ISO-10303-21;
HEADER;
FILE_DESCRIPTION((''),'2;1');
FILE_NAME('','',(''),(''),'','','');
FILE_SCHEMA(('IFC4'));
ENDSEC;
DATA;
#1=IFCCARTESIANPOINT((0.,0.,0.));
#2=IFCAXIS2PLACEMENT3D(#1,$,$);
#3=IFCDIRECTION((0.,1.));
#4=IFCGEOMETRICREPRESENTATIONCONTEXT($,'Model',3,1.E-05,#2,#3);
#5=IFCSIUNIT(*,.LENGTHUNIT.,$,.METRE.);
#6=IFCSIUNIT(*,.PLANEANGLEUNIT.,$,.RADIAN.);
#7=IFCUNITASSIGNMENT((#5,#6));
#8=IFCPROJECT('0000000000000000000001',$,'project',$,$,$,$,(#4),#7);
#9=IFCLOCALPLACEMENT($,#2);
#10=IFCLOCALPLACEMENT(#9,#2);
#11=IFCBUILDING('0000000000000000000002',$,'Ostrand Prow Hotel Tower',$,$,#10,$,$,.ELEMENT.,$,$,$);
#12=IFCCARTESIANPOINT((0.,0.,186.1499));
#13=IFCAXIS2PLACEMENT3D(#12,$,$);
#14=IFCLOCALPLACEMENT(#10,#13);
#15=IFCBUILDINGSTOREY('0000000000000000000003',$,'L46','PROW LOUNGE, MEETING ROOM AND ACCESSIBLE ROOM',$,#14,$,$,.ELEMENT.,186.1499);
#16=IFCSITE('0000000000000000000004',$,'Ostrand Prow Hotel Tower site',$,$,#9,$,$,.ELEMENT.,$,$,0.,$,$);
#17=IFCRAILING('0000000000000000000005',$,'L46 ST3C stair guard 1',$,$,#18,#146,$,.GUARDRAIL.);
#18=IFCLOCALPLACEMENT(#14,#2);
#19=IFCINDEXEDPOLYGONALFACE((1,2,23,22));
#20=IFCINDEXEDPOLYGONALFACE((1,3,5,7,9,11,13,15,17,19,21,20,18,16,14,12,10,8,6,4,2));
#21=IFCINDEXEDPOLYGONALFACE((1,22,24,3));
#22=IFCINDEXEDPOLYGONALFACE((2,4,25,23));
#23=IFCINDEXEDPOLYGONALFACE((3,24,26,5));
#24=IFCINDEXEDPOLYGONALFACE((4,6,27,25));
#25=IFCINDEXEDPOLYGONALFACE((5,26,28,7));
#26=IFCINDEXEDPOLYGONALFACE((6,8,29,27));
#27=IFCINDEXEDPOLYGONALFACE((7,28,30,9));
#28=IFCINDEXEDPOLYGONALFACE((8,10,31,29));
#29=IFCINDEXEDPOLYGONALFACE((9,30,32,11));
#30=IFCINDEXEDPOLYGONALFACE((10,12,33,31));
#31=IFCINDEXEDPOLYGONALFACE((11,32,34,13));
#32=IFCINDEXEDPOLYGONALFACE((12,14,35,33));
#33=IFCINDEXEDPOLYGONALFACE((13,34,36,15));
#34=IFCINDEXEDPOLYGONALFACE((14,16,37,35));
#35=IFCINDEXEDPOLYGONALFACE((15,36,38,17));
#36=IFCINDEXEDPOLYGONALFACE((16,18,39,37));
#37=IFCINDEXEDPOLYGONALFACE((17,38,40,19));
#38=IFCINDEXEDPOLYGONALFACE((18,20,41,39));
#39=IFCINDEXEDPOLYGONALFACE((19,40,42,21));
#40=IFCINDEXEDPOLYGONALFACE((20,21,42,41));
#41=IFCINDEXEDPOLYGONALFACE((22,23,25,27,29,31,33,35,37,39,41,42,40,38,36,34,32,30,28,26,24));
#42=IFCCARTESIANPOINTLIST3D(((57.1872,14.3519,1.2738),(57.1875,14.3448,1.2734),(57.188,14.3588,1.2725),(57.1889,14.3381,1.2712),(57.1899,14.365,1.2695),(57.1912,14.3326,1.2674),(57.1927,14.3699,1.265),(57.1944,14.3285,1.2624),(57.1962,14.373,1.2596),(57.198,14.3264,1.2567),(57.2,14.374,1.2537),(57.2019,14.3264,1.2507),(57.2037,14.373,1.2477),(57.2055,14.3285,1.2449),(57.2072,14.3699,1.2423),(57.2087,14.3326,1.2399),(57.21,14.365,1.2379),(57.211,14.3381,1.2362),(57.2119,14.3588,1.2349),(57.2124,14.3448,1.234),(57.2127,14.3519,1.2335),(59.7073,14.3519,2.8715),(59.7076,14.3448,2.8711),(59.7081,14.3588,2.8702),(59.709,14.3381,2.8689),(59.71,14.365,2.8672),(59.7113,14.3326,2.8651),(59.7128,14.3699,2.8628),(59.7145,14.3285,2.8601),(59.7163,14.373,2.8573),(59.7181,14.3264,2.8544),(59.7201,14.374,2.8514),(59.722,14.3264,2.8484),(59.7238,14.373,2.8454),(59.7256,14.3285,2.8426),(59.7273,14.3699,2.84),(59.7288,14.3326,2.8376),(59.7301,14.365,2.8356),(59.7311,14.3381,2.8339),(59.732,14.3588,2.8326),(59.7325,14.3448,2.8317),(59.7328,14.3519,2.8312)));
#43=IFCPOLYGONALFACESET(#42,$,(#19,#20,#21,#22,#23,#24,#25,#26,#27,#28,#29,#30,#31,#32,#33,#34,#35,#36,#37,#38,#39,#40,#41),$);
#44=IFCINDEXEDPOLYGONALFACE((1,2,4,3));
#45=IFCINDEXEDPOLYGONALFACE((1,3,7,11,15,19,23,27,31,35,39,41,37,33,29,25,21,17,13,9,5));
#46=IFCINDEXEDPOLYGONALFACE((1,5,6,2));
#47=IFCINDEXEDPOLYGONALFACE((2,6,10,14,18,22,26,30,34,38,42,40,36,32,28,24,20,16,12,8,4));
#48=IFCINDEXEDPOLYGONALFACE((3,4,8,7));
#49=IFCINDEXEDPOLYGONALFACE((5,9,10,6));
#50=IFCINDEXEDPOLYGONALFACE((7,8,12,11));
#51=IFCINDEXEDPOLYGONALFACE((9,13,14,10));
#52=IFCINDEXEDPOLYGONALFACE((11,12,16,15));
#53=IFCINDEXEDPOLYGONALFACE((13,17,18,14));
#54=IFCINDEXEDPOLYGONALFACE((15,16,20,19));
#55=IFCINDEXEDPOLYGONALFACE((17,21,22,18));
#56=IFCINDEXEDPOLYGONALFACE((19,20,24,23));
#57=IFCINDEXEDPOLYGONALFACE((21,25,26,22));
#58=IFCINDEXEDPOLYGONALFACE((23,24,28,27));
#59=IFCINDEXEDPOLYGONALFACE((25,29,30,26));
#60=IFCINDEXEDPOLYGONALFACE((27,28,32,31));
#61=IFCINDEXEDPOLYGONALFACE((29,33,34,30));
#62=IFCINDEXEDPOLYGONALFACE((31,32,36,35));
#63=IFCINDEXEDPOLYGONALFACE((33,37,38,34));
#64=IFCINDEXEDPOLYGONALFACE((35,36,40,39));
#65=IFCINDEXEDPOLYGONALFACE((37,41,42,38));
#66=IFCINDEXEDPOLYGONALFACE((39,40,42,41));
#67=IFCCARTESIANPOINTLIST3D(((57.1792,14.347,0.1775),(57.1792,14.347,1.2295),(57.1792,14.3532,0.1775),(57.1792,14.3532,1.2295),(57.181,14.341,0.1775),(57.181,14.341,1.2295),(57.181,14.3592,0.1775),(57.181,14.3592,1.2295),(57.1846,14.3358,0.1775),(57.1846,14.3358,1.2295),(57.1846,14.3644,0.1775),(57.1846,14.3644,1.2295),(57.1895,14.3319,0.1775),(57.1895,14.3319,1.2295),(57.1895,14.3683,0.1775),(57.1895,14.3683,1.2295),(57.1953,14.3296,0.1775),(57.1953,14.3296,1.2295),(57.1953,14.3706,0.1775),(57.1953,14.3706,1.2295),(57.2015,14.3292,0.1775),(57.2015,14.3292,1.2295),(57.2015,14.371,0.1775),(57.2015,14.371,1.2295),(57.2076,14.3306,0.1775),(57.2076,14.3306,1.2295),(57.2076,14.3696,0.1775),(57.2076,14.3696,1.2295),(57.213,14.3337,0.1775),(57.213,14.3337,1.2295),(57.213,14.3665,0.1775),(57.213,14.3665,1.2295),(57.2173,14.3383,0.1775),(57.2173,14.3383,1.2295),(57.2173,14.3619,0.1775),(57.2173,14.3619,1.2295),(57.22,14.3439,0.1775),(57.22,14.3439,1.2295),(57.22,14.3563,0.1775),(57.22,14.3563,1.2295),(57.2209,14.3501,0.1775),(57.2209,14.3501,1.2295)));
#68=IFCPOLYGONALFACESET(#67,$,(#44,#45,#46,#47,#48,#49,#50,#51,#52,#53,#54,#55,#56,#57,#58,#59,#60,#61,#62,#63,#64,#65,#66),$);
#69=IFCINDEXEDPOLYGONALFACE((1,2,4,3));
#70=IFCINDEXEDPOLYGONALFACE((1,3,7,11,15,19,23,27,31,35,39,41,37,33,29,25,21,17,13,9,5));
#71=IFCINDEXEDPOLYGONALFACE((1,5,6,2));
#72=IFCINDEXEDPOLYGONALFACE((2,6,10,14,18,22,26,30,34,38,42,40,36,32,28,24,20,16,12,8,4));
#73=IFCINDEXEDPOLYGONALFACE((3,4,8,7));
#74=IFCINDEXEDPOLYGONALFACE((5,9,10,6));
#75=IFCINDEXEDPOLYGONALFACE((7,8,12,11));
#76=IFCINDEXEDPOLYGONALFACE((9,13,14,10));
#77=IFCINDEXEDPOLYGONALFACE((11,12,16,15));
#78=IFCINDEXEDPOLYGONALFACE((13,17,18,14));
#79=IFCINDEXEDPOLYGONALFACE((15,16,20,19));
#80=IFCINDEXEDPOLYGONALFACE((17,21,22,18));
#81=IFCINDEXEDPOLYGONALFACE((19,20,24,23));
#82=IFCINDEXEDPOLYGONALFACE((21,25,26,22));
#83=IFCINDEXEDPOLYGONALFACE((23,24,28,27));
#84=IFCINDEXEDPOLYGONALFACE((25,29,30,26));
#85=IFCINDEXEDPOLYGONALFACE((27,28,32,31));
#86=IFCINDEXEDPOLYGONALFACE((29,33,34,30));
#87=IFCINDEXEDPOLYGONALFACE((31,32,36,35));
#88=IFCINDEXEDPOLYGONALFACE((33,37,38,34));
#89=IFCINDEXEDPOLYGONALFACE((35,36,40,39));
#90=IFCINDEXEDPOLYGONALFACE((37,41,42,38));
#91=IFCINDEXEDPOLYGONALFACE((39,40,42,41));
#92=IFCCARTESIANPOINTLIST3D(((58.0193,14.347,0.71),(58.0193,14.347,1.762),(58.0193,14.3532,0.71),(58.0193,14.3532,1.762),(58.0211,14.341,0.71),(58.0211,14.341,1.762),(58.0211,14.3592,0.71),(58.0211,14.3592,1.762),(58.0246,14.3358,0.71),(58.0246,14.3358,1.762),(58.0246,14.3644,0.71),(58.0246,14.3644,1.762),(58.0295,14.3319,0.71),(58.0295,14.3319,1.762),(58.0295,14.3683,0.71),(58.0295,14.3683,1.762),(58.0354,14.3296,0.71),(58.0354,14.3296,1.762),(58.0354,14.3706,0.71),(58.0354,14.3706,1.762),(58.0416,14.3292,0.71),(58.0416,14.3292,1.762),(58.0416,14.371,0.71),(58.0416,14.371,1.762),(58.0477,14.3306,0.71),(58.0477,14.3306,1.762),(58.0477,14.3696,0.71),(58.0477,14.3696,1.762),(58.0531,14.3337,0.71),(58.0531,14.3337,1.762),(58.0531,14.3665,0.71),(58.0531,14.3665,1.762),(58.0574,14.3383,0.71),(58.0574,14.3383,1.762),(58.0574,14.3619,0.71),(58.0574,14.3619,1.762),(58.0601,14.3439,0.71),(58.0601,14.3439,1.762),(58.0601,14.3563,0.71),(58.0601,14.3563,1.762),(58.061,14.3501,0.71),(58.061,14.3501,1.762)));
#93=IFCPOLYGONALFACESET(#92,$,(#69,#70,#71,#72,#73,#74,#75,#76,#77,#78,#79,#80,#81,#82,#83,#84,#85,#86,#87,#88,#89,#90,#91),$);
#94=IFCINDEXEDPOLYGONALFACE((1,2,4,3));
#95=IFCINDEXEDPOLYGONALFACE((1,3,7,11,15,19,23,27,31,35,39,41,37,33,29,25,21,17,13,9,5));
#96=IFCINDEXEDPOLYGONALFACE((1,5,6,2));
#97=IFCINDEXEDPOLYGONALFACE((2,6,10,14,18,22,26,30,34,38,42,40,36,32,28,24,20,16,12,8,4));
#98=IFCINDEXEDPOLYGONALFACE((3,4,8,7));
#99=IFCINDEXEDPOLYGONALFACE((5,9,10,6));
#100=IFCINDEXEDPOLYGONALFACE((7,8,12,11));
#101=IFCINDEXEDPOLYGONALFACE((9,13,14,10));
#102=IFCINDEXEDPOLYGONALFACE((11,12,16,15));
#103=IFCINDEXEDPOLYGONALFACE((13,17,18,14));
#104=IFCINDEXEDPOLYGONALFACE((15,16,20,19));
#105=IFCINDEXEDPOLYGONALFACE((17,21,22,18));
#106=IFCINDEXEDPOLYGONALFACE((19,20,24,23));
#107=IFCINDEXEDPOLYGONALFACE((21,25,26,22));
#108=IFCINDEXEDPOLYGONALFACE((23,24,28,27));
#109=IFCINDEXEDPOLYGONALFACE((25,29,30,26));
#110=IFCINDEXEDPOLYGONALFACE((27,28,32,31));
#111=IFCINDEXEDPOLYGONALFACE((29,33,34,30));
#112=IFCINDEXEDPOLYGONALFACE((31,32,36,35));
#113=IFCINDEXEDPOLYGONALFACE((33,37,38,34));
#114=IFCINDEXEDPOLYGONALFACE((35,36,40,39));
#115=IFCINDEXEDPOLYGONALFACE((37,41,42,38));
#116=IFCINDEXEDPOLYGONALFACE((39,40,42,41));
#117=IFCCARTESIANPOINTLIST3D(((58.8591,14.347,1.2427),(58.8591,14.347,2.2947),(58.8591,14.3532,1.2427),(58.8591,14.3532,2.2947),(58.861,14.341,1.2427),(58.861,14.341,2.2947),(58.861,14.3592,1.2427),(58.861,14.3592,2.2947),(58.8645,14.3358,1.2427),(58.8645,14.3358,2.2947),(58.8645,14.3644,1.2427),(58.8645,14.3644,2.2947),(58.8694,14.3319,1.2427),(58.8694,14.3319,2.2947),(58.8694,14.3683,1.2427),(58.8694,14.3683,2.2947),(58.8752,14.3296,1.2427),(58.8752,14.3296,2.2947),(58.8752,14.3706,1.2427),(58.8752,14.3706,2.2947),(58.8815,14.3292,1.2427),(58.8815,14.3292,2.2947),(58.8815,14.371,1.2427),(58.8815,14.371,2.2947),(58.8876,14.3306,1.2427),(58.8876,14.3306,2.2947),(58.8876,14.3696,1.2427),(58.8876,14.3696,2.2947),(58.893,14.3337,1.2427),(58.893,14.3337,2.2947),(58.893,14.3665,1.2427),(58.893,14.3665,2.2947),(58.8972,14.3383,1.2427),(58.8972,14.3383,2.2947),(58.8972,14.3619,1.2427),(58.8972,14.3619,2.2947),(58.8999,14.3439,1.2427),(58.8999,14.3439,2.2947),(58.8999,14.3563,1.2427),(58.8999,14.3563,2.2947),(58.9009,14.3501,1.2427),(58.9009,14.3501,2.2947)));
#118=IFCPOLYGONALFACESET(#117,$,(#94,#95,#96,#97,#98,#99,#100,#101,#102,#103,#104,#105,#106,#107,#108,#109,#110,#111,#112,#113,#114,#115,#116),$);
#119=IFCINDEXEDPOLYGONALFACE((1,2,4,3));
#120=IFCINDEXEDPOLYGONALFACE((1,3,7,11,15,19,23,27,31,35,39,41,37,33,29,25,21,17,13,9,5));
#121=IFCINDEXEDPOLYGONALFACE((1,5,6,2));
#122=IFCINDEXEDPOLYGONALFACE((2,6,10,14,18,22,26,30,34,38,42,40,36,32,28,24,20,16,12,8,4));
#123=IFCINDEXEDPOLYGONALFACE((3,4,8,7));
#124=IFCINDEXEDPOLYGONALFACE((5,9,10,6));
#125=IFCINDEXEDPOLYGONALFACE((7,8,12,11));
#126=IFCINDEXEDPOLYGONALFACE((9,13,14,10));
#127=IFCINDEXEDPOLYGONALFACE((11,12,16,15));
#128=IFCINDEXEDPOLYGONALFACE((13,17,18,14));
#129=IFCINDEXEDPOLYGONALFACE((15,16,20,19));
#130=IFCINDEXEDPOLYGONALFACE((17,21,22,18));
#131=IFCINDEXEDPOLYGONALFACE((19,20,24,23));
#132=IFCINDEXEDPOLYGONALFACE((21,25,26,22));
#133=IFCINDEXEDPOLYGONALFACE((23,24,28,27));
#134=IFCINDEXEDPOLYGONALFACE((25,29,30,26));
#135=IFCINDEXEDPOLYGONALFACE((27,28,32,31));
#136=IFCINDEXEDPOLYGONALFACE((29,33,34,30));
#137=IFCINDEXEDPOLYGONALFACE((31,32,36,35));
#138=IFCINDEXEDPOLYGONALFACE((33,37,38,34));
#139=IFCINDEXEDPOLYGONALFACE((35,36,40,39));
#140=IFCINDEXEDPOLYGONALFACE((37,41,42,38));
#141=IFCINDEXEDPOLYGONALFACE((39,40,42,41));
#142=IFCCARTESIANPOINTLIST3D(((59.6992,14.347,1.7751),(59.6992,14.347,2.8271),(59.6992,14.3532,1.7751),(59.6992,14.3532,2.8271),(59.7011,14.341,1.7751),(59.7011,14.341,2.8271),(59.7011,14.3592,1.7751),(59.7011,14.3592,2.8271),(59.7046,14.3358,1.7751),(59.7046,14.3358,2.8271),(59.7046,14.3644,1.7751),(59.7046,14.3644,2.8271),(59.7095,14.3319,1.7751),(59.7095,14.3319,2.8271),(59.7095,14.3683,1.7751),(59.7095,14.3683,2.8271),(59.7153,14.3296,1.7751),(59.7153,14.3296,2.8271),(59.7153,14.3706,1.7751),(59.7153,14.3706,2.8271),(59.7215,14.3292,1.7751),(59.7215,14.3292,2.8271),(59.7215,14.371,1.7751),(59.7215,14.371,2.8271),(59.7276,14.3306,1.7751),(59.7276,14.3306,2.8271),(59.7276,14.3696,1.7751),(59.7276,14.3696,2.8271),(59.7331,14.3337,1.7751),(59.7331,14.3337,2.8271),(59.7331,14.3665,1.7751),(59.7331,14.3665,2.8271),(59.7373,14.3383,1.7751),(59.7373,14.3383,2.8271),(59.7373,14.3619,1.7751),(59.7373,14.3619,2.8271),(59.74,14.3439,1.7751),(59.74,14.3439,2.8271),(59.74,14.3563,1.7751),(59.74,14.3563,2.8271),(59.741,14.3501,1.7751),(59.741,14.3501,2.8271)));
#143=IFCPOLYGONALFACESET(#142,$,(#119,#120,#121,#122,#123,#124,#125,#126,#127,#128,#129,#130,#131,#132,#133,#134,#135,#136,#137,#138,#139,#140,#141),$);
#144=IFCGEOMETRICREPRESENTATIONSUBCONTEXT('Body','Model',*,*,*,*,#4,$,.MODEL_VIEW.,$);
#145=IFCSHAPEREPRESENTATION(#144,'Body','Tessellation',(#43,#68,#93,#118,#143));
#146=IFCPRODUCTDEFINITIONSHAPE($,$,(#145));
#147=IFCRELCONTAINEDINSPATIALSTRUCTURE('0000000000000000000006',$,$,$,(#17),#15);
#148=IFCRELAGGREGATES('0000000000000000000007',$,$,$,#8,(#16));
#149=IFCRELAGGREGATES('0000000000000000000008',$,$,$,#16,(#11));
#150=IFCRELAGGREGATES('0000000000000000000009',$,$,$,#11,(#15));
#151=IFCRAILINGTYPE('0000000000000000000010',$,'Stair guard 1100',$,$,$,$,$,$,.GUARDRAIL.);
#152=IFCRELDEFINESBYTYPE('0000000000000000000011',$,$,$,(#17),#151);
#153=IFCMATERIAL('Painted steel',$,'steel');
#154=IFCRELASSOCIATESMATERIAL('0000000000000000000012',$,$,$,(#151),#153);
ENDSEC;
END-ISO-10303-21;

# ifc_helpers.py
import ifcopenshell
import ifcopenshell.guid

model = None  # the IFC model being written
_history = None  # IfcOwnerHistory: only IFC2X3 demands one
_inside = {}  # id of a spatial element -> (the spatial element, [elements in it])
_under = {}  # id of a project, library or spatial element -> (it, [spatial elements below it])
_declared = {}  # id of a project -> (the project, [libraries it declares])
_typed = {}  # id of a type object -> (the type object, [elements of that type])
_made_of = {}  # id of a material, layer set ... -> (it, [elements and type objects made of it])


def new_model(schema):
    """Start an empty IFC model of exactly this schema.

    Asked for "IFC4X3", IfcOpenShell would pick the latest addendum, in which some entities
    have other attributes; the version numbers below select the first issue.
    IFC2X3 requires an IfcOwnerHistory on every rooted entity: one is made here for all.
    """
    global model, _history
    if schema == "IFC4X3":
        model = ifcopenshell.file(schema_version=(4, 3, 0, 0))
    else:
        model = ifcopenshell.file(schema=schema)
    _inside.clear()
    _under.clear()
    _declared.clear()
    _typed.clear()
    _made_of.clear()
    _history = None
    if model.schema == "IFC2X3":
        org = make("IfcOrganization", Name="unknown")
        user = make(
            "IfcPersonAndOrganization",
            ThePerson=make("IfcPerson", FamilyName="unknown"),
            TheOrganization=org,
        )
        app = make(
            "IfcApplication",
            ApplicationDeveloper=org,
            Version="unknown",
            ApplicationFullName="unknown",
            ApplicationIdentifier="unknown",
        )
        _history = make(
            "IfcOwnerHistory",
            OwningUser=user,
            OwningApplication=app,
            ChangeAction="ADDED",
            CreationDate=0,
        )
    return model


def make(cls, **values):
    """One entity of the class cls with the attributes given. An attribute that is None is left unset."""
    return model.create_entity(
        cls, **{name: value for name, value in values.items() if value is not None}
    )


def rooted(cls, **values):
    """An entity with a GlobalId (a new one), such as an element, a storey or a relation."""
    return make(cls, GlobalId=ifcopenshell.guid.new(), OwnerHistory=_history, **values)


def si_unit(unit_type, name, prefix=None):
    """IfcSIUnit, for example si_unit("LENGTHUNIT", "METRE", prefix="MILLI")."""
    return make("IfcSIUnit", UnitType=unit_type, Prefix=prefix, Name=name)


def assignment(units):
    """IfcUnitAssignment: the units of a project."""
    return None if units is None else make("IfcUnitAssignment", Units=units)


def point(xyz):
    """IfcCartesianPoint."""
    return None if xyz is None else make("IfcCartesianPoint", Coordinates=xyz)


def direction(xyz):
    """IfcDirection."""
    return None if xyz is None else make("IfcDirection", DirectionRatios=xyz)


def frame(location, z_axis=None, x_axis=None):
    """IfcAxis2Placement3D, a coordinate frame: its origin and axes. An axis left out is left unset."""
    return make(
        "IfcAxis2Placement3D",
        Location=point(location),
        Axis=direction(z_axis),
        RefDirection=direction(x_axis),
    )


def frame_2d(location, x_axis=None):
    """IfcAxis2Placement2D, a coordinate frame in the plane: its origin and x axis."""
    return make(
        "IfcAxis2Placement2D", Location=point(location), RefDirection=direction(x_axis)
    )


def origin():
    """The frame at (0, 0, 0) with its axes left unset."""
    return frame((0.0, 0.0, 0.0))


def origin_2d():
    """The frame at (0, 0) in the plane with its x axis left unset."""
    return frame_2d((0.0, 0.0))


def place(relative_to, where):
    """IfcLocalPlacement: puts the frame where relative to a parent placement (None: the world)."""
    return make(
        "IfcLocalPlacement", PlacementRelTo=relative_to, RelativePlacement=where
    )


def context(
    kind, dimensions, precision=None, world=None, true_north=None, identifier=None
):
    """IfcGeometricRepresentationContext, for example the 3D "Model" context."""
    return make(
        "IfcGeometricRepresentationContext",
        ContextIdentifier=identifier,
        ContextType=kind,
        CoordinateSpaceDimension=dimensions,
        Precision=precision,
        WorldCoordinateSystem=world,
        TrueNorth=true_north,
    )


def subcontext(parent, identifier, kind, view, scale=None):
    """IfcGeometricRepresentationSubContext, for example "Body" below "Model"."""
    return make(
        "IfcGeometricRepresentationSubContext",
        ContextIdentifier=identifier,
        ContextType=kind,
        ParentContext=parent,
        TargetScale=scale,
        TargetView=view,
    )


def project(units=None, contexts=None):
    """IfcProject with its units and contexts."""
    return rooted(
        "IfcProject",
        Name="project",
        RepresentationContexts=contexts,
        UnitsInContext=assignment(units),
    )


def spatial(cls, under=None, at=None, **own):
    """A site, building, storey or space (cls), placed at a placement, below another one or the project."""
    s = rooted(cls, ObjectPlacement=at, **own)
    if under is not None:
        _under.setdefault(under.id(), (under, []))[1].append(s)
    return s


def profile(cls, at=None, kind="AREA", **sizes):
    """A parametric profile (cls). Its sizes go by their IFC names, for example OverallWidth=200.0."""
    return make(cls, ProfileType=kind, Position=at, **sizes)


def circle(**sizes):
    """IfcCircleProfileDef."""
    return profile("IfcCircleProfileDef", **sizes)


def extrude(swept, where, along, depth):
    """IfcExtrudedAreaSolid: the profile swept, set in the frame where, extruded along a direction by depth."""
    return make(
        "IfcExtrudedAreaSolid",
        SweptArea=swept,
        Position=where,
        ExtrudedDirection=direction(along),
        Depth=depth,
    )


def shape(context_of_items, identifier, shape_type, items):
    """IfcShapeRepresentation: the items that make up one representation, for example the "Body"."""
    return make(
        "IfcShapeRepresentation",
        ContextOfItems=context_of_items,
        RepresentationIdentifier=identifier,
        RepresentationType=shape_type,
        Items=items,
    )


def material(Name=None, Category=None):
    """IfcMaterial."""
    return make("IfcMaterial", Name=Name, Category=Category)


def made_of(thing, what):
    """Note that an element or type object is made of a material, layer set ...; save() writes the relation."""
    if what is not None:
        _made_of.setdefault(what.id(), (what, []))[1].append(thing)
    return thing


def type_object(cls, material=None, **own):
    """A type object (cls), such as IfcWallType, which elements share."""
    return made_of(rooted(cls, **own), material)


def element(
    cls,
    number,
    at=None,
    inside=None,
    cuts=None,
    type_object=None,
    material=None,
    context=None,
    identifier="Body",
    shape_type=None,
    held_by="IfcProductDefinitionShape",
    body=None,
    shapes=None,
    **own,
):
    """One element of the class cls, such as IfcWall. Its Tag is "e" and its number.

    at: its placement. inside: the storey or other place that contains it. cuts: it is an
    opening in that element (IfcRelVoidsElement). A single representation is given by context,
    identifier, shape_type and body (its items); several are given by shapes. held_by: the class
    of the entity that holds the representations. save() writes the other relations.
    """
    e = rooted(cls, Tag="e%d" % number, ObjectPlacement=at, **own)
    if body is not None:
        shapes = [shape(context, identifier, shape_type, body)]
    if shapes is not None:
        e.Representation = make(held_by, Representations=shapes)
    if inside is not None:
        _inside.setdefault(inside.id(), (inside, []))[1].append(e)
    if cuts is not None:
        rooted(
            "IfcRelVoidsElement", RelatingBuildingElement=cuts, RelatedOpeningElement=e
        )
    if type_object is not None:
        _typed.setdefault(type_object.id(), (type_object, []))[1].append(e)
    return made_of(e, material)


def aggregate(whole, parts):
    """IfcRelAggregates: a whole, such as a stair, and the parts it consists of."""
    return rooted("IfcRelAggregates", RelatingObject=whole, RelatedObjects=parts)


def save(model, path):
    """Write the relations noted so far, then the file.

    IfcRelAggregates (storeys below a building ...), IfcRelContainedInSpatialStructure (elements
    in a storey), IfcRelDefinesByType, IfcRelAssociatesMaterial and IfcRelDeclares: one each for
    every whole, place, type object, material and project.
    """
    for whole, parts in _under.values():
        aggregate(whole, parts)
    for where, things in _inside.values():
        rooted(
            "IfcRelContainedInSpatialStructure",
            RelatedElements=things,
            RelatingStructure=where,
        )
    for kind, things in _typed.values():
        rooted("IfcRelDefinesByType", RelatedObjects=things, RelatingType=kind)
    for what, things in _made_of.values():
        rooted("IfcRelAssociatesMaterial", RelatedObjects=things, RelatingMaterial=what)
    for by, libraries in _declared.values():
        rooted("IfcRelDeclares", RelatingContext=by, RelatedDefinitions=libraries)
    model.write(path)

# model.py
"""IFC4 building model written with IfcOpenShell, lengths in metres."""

from ifc_helpers import new_model, si_unit, direction, frame, origin, origin_2d, place, context, subcontext, project, spatial, circle, extrude, material, type_object, element, save


model = new_model("IFC4")

# Units and contexts
model_context = context("Model", 3, precision=1e-05, world=origin(), true_north=direction((0.0, 1.0)))
body_context = subcontext(model_context, "Body", "Model", "MODEL_VIEW")
ifc_project = project(units=[si_unit("LENGTHUNIT", "METRE"), si_unit("PLANEANGLEUNIT", "RADIAN")], contexts=[model_context])

# Site, building, storey
site_placement = place(None, origin())
site = spatial("IfcSite", under=ifc_project, at=site_placement, Name="Ostrand Prow Hotel Tower site", CompositionType="ELEMENT", RefElevation=0.0)
building_placement = place(site_placement, origin())
building = spatial("IfcBuilding", under=site, at=building_placement, Name="Ostrand Prow Hotel Tower", CompositionType="ELEMENT")
storey_placement = place(building_placement, frame((0.0, 0.0, 186.1499)))
storey = spatial("IfcBuildingStorey", under=building, at=storey_placement, Name="L46", Description="PROW LOUNGE, MEETING ROOM AND ACCESSIBLE ROOM", CompositionType="ELEMENT", Elevation=186.1499)

# Railing
ifc_material_1 = material(Name="Painted steel", Category="steel")
railing_type_1 = type_object("IfcRailingType", Name="Stair guard 1100", PredefinedType="GUARDRAIL", material=ifc_material_1)
railing_1_placement = place(storey_placement, frame((57.2, 14.3501, 0.1775)))
element("IfcRailing", 1, at=railing_1_placement, inside=storey, type_object=railing_type_1, Name="L46 ST3C stair guard 1", PredefinedType="GUARDRAIL", context=body_context, shape_type="SweptSolid", body=[
    extrude(circle(Radius=0.0239, at=origin_2d()), frame((0.0, 0.0, 1.0762), z_axis=(0.84457, 0.0, 0.535445), x_axis=(0.0, 1.0, 0.0)), (0.0, 0.0, 1.0), 2.9839),
    extrude(circle(Radius=0.021, at=origin_2d()), origin(), (0.0, 0.0, 1.0), 1.052),
    extrude(circle(Radius=0.021, at=origin_2d()), frame((0.8401, 0.0, 0.5325)), (0.0, 0.0, 1.0), 1.052),
    extrude(circle(Radius=0.021, at=origin_2d()), frame((1.6799, 0.0, 1.0652)), (0.0, 0.0, 1.0), 1.052),
    extrude(circle(Radius=0.021, at=origin_2d()), frame((2.52, 0.0, 1.5977)), (0.0, 0.0, 1.0), 1.052),
])

save(model, "model.ifc")
